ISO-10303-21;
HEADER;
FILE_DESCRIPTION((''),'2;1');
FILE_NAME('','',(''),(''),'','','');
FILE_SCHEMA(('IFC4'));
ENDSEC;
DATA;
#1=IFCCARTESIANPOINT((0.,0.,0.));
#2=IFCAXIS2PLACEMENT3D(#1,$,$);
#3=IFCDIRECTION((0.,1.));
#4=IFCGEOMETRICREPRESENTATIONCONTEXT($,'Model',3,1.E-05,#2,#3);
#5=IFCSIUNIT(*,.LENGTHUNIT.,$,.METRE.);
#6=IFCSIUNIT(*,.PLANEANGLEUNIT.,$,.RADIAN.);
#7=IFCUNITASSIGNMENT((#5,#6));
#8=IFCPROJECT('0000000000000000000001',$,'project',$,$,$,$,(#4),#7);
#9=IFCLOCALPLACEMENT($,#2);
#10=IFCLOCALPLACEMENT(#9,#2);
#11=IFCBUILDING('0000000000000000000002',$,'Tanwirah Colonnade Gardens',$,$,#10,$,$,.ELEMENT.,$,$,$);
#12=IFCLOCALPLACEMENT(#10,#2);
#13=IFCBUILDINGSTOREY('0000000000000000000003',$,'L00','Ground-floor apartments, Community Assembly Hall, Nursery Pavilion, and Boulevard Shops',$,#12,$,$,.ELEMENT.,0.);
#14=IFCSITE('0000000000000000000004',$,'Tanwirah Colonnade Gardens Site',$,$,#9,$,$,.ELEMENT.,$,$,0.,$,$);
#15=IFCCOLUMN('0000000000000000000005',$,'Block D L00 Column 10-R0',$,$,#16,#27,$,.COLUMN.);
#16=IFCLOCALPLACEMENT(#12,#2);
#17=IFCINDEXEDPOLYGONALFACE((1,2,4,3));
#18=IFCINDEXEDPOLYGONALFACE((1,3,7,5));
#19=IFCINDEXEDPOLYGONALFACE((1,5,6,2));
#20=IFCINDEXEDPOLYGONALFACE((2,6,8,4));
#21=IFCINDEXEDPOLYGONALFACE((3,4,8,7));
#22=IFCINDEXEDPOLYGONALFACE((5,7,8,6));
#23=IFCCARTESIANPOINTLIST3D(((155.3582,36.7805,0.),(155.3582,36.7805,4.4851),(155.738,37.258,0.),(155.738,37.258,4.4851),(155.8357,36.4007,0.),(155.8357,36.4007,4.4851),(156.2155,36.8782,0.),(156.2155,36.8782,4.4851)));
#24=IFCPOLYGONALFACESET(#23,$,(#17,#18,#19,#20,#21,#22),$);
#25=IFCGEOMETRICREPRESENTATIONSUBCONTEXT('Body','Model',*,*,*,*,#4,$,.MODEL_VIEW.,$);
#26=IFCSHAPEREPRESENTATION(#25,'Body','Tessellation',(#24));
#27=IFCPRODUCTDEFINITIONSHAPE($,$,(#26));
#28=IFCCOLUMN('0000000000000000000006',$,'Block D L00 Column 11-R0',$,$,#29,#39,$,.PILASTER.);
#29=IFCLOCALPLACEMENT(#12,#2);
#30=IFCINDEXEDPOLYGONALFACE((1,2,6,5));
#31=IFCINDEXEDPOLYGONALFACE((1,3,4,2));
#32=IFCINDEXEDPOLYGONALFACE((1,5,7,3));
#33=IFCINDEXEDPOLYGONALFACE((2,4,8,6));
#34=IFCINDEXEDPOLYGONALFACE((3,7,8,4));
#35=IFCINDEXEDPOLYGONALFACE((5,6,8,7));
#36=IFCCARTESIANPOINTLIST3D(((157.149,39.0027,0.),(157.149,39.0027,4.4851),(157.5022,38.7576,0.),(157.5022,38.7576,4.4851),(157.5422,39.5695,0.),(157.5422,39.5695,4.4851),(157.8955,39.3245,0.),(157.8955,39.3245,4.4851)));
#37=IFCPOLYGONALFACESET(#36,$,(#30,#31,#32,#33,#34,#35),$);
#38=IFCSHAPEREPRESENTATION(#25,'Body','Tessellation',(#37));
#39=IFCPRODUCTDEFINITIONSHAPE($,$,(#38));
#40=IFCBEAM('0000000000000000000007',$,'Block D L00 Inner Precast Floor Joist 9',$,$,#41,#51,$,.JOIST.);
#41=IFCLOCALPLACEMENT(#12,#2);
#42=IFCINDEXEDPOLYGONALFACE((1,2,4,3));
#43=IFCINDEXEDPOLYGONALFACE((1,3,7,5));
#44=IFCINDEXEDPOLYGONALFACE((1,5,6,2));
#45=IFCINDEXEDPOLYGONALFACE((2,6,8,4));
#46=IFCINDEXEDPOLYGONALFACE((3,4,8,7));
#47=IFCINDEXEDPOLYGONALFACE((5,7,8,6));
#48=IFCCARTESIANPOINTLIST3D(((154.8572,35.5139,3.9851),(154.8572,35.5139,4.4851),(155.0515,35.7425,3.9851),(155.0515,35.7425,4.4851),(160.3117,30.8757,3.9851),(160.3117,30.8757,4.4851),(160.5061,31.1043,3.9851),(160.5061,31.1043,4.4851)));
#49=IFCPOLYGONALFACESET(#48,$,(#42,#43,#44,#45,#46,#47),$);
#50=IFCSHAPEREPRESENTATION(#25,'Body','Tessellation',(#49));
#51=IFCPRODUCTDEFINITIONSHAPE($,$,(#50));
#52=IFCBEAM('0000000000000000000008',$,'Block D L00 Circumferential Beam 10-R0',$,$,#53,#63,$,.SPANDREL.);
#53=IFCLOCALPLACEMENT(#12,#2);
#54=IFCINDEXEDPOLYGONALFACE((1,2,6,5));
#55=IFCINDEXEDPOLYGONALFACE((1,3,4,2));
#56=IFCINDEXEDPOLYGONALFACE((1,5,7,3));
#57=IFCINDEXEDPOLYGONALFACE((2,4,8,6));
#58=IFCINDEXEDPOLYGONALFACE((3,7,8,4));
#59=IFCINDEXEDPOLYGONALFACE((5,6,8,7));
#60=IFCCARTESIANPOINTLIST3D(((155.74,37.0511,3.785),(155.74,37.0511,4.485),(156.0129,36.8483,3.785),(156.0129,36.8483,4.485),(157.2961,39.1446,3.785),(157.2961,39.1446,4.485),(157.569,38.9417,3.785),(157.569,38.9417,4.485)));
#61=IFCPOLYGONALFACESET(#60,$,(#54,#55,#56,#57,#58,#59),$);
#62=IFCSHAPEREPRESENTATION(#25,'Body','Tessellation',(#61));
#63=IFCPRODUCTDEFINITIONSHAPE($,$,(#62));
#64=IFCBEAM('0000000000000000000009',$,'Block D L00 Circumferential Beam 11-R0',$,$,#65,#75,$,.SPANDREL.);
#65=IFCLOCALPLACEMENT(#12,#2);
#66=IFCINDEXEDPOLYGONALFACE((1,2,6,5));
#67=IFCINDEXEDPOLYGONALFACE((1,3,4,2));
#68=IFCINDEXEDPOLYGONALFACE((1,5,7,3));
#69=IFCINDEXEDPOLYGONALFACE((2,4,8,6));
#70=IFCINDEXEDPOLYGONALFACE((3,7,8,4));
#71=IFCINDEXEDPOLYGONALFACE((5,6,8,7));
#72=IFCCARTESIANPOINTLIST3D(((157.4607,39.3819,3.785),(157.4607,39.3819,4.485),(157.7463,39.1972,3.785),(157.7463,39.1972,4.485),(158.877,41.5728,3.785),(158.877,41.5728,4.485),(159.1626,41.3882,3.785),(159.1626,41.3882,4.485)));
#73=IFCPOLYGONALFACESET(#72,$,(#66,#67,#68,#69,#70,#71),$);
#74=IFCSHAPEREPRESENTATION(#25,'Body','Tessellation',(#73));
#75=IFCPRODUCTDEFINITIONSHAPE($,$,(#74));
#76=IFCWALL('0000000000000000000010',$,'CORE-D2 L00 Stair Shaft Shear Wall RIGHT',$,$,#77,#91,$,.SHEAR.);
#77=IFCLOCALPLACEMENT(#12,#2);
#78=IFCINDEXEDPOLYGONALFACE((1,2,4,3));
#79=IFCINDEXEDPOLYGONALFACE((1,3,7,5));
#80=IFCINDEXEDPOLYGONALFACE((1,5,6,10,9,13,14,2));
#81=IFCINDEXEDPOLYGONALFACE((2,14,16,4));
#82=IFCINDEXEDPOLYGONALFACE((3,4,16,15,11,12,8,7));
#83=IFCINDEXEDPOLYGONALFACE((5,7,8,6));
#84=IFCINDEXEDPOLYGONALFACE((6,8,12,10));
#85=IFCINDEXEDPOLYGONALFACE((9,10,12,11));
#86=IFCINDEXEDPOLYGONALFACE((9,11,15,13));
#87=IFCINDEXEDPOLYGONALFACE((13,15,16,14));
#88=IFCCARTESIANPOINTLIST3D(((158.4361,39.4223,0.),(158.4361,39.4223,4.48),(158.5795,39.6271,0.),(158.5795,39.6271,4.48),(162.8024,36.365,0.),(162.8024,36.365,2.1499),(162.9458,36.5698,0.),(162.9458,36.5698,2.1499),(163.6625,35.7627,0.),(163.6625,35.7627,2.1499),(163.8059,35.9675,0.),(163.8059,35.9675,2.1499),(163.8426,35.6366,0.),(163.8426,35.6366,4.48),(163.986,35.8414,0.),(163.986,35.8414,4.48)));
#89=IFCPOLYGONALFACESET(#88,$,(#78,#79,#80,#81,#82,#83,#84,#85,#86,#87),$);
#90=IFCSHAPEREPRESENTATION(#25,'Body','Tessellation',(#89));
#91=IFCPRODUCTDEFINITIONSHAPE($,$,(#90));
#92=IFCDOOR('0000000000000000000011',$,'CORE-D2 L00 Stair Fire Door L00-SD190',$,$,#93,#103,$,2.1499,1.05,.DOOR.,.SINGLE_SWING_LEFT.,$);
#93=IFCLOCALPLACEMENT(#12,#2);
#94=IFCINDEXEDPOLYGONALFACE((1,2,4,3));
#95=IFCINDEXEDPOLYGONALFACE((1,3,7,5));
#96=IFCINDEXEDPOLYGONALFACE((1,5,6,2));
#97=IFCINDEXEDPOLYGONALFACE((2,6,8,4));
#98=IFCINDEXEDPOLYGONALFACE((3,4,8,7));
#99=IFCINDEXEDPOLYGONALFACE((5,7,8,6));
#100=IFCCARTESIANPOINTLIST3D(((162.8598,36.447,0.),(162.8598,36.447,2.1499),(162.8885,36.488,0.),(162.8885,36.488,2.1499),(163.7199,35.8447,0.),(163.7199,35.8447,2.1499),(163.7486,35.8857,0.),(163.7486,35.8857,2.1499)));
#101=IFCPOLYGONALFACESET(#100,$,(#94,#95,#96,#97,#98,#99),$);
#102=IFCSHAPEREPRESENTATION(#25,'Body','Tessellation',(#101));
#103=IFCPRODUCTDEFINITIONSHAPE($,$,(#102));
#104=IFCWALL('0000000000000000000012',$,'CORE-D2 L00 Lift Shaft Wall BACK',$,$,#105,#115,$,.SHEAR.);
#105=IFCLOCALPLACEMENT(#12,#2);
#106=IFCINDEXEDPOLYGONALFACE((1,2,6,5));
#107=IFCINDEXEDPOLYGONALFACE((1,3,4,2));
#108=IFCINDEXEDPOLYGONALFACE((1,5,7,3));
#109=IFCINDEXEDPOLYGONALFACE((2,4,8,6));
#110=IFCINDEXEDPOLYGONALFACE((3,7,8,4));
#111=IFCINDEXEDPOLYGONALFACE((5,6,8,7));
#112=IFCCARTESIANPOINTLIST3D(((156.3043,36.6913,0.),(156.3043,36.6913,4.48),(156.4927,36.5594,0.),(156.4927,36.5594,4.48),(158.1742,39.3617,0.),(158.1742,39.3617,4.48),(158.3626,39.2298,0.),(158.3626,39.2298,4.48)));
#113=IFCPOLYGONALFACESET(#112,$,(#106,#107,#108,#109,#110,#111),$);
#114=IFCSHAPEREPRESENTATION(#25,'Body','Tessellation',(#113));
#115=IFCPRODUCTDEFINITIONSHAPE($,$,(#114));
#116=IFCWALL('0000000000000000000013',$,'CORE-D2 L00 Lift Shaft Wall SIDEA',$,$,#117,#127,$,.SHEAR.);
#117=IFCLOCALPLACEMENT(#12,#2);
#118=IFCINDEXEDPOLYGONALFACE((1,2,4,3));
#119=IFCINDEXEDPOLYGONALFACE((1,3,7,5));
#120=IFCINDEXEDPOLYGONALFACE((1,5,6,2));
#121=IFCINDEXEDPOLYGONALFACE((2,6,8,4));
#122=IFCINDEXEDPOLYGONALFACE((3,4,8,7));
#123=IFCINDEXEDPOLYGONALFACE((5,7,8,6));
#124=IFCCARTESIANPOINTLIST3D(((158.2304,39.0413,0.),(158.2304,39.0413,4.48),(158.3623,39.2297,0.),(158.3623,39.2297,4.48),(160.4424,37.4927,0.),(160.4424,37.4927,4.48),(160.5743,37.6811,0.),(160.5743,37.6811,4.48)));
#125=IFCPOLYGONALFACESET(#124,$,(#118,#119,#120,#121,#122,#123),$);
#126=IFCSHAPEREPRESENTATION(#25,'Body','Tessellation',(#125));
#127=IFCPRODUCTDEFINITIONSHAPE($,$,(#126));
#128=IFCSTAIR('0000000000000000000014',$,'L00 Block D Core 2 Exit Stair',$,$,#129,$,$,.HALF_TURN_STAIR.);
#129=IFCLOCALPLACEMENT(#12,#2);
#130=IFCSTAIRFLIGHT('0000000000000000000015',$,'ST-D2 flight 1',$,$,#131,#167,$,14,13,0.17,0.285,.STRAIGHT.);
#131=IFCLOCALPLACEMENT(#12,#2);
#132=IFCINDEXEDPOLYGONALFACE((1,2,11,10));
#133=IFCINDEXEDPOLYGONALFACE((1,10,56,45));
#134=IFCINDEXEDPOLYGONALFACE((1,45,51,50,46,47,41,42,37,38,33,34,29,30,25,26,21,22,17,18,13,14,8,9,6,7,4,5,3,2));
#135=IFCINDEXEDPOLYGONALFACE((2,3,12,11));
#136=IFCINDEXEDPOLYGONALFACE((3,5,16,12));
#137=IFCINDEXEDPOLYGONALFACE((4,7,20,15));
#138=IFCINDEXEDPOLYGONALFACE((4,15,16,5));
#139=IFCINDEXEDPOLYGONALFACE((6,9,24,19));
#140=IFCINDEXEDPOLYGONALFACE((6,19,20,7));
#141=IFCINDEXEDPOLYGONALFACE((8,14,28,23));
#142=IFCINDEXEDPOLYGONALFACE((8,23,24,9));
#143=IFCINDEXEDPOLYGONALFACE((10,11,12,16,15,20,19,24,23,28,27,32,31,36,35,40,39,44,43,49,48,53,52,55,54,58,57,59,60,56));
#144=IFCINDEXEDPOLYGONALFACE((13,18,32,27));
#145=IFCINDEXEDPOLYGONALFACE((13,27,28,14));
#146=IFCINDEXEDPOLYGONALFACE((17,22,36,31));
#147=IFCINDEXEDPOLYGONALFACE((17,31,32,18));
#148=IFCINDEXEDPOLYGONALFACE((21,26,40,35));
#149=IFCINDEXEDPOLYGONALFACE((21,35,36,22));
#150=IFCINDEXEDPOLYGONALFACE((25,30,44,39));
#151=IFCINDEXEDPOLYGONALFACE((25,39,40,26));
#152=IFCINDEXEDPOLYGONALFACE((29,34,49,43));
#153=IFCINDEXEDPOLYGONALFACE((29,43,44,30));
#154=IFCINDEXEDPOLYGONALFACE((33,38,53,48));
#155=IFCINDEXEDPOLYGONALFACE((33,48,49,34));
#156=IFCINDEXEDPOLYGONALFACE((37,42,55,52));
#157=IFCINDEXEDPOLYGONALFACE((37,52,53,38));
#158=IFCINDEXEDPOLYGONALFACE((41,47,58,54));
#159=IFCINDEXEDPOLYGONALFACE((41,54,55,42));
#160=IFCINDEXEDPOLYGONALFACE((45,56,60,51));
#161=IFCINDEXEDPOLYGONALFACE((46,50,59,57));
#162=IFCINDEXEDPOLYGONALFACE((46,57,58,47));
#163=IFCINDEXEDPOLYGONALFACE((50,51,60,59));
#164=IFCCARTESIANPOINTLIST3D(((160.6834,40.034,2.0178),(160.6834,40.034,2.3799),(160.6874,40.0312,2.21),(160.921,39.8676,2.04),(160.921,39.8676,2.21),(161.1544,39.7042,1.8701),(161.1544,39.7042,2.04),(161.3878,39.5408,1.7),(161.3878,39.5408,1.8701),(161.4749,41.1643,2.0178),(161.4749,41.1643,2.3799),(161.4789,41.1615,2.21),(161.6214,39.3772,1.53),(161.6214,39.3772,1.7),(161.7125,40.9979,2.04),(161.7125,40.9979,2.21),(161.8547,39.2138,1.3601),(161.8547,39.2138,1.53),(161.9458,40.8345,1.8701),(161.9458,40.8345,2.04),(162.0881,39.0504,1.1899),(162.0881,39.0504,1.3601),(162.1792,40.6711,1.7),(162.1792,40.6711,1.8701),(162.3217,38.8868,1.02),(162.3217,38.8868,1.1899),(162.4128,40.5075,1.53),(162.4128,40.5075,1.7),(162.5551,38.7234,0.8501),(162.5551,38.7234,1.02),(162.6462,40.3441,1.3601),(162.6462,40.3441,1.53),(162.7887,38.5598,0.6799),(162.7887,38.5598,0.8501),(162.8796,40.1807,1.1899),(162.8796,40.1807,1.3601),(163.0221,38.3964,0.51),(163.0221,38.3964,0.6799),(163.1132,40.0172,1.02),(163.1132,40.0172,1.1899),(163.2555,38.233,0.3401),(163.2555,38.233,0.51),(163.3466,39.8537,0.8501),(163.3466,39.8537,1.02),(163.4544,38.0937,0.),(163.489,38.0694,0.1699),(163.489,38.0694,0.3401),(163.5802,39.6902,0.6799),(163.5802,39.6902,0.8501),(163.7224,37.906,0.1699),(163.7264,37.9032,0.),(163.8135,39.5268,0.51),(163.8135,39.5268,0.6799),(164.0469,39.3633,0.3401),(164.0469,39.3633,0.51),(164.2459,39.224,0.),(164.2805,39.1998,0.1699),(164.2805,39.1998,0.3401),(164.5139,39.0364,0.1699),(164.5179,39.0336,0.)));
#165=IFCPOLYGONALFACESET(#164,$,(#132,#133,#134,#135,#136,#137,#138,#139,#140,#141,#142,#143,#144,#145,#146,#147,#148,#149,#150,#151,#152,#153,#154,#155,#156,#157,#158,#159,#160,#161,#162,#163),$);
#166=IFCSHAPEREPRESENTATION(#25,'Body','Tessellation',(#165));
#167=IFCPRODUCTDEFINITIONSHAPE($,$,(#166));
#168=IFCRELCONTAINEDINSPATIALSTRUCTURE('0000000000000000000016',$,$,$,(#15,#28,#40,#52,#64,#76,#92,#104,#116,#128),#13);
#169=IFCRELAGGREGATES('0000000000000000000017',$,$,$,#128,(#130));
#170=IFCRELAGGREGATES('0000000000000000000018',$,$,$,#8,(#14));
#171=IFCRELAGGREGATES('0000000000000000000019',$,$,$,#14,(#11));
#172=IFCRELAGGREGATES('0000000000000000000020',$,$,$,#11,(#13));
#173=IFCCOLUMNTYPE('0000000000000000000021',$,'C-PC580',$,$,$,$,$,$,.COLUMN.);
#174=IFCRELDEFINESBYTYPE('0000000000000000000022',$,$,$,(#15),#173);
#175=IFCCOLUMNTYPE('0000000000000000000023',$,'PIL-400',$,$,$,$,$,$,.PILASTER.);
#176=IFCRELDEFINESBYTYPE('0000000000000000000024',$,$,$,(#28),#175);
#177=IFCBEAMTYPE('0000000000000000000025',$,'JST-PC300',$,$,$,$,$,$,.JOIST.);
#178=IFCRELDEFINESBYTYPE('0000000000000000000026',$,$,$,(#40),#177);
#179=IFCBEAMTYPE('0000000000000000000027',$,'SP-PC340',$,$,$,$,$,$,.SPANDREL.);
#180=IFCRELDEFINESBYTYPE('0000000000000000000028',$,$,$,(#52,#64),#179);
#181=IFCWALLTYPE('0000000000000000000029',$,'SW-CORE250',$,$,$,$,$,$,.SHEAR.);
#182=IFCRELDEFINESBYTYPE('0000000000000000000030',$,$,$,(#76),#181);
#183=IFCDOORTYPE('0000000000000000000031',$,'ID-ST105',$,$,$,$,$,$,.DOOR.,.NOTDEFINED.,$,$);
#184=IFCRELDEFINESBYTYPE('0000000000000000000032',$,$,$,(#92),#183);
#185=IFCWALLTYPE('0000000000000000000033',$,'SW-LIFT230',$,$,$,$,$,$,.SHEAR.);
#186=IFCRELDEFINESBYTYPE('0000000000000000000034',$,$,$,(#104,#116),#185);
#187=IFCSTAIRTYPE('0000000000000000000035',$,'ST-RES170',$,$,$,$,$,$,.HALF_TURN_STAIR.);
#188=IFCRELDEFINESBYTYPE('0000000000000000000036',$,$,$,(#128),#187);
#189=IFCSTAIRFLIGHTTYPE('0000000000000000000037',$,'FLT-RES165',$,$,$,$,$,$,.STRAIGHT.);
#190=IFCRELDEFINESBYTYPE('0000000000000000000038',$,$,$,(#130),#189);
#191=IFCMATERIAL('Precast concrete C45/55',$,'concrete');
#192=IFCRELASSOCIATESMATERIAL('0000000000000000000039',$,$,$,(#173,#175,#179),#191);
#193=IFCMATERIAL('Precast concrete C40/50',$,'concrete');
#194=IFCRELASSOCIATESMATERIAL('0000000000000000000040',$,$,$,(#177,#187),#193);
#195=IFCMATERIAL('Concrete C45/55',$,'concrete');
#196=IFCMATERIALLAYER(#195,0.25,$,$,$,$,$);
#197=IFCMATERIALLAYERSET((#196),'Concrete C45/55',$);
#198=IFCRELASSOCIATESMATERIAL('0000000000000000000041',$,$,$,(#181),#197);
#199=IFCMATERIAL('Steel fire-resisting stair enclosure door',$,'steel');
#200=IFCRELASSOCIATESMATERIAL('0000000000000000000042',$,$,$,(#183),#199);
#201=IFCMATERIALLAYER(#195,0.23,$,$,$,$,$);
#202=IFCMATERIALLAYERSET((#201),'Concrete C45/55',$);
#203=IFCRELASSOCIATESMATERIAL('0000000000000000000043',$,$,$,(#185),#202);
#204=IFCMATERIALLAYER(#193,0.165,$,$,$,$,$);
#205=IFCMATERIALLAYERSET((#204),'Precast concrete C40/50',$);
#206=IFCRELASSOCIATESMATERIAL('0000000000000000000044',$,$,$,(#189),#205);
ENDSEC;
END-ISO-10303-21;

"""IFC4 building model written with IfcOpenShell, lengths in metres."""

from ifc_helpers import new_model, si_unit, direction, frame, frame_2d, origin, origin_2d, place, context, subcontext, project, spatial, polyline, rectangle, outline, extrude, material, layer, layer_set, material_profile, profile_set, type_object, element, fill, aggregate, save


model = new_model("IFC4")

# Units and contexts
model_context = context("Model", 3, precision=1e-05, world=origin(), true_north=direction((0.0, 1.0)))
body_context = subcontext(model_context, "Body", "Model", "MODEL_VIEW")
ifc_project = project(units=[si_unit("LENGTHUNIT", "METRE"), si_unit("PLANEANGLEUNIT", "RADIAN")], contexts=[model_context])

# Site, building, storey
site_placement = place(None, origin())
site = spatial("IfcSite", under=ifc_project, at=site_placement, Name="Tanwirah Colonnade Gardens Site", CompositionType="ELEMENT", RefElevation=0.0)
building_placement = place(site_placement, origin())
building = spatial("IfcBuilding", under=site, at=building_placement, Name="Tanwirah Colonnade Gardens", CompositionType="ELEMENT")
storey_placement = place(building_placement, origin())
storey = spatial("IfcBuildingStorey", under=building, at=storey_placement, Name="L00", Description="Ground-floor apartments, Community Assembly Hall, Nursery Pavilion, and Boulevard Shops", CompositionType="ELEMENT", Elevation=0.0)

# Columns
ifc_material_1 = material(Name="Precast concrete C45/55", Category="concrete")
ifc_material_profile_1 = material_profile(ifc_material_1, rectangle(XDim=0.6101, YDim=0.6101, at=origin_2d()), Name="PC-COL 610x610")
ifc_profile_set_1 = profile_set([ifc_material_profile_1], Name="Precast concrete C45/55")
column_type_1 = type_object("IfcColumnType", Name="C-PC580", PredefinedType="COLUMN", material=ifc_profile_set_1)
column_1_placement = place(storey_placement, frame((155.7869, 36.8293, 0.0), z_axis=(0.0, 0.0, 1.0), x_axis=(0.782608, -0.622515, 0.0)))
element("IfcColumn", 1, at=column_1_placement, inside=storey, type_object=column_type_1, Name="Block D L00 Column 10-R0", PredefinedType="COLUMN", context=body_context, shape_type="SweptSolid", body=[
    extrude(rectangle(XDim=0.6101, YDim=0.6101, at=origin_2d()), origin(), (0.0, 0.0, 1.0), 4.4851),
])
ifc_material_profile_2 = material_profile(ifc_material_1, rectangle(XDim=0.4299, YDim=0.6899, at=origin_2d()), Name="PC-PIL 430x690")
ifc_profile_set_2 = profile_set([ifc_material_profile_2], Name="Precast concrete C45/55")
column_type_2 = type_object("IfcColumnType", Name="PIL-400", PredefinedType="PILASTER", material=ifc_profile_set_2)
column_2_placement = place(storey_placement, frame((157.5222, 39.1636, 0.0), z_axis=(0.0, 0.0, 1.0), x_axis=(0.821647, -0.569997, 0.0)))
element("IfcColumn", 2, at=column_2_placement, inside=storey, type_object=column_type_2, Name="Block D L00 Column 11-R0", PredefinedType="PILASTER", context=body_context, shape_type="SweptSolid", body=[
    extrude(rectangle(XDim=0.4299, YDim=0.6899, at=origin_2d()), origin(), (0.0, 0.0, 1.0), 4.4851),
])

# Beams
ifc_material_2 = material(Name="Precast concrete C40/50", Category="concrete")
ifc_material_profile_3 = material_profile(ifc_material_2, rectangle(XDim=0.3, YDim=0.5, at=origin_2d()), Name="PC-JST 300x500")
ifc_profile_set_3 = profile_set([ifc_material_profile_3], Name="Precast concrete C40/50")
beam_type_1 = type_object("IfcBeamType", Name="JST-PC300", PredefinedType="JOIST", material=ifc_profile_set_3)
beam_1_placement = place(storey_placement, frame((154.9543, 35.6282, 4.2351), z_axis=(0.761816, -0.647793, 0.0), x_axis=(0.647793, 0.761816, 0.0)))
element("IfcBeam", 3, at=beam_1_placement, inside=storey, type_object=beam_type_1, Name="Block D L00 Inner Precast Floor Joist 9", PredefinedType="JOIST", context=body_context, shape_type="SweptSolid", body=[
    extrude(rectangle(XDim=0.3, YDim=0.5, at=origin_2d()), origin(), (0.0, 0.0, 1.0), 7.1599),
])
ifc_material_profile_4 = material_profile(ifc_material_1, rectangle(XDim=0.3401, YDim=0.7, at=origin_2d()), Name="PC-SP 340x700")
ifc_profile_set_4 = profile_set([ifc_material_profile_4], Name="Precast concrete C45/55")
beam_type_2 = type_object("IfcBeamType", Name="SP-PC340", PredefinedType="SPANDREL", material=ifc_profile_set_4)
beam_2_placement = place(storey_placement, frame((155.8765, 36.9497, 4.135), z_axis=(0.596565, 0.802565, 0.0), x_axis=(-0.802565, 0.596565, 0.0)))
element("IfcBeam", 4, at=beam_2_placement, inside=storey, type_object=beam_type_2, Name="Block D L00 Circumferential Beam 10-R0", PredefinedType="SPANDREL", context=body_context, shape_type="SweptSolid", body=[
    extrude(rectangle(XDim=0.3401, YDim=0.7, at=origin_2d()), origin(), (0.0, 0.0, 1.0), 2.6084),
])
beam_3_placement = place(storey_placement, frame((157.6035, 39.2896, 4.135), z_axis=(0.542875, 0.839814, 0.0), x_axis=(-0.839814, 0.542875, 0.0)))
element("IfcBeam", 5, at=beam_3_placement, inside=storey, type_object=beam_type_2, Name="Block D L00 Circumferential Beam 11-R0", PredefinedType="SPANDREL", context=body_context, shape_type="SweptSolid", body=[
    extrude(rectangle(XDim=0.3401, YDim=0.7, at=origin_2d()), origin(), (0.0, 0.0, 1.0), 2.6089),
])

# Wall, opening, door
ifc_material_3 = material(Name="Concrete C45/55", Category="concrete")
ifc_layer_1 = layer(ifc_material_3, 0.25)
ifc_layer_set_1 = layer_set([ifc_layer_1], Name="Concrete C45/55")
wall_type_1 = type_object("IfcWallType", Name="SW-CORE250", PredefinedType="SHEAR", material=ifc_layer_set_1)
wall_1_placement = place(storey_placement, frame((163.9143, 35.739, 0.0), z_axis=(0.0, 0.0, 1.0), x_axis=(-0.819154, 0.573574, 0.0)))
wall_1 = element("IfcWall", 6, at=wall_1_placement, inside=storey, type_object=wall_type_1, Name="CORE-D2 L00 Stair Shaft Shear Wall RIGHT", PredefinedType="SHEAR", context=body_context, shape_type="SweptSolid", body=[
    extrude(rectangle(XDim=6.6001, YDim=0.25, at=frame_2d((3.3, 0.0))), origin(), (0.0, 0.0, 1.0), 4.48),
])
opening_1_placement = place(wall_1_placement, frame((0.22, 0.0, 0.0)))
opening_1 = element("IfcOpeningElement", 7, at=opening_1_placement, cuts=wall_1, PredefinedType="OPENING", context=body_context, shape_type="SweptSolid", body=[
    extrude(rectangle(XDim=1.05, YDim=2.1499, at=frame_2d((0.5249, 1.075))), frame((0.0, 0.135, 0.0), z_axis=(0.0, -1.0, 0.0), x_axis=(1.0, 0.0, 0.0)), (0.0, 0.0, 1.0), 0.27),
])
ifc_material_4 = material(Name="Steel fire-resisting stair enclosure door", Category="steel")
door_type_1 = type_object("IfcDoorType", Name="ID-ST105", OperationType="NOTDEFINED", PredefinedType="DOOR", material=ifc_material_4)
door_1_placement = place(opening_1_placement, origin())
door_1 = element("IfcDoor", 8, at=door_1_placement, inside=storey, type_object=door_type_1, Name="CORE-D2 L00 Stair Fire Door L00-SD190", OperationType="SINGLE_SWING_LEFT", OverallHeight=2.1499, OverallWidth=1.05, PredefinedType="DOOR", context=body_context, shape_type="SweptSolid", body=[
    extrude(rectangle(XDim=1.05, YDim=2.1499, at=frame_2d((0.5249, 1.075))), frame((0.0, 0.0249, 0.0), z_axis=(0.0, -1.0, 0.0), x_axis=(1.0, 0.0, 0.0)), (0.0, 0.0, 1.0), 0.05),
])
fill(opening_1, door_1)
ifc_layer_2 = layer(ifc_material_3, 0.23)
ifc_layer_set_2 = layer_set([ifc_layer_2], Name="Concrete C45/55")
wall_type_2 = type_object("IfcWallType", Name="SW-LIFT230", PredefinedType="SHEAR", material=ifc_layer_set_2)

# Walls
wall_2_placement = place(storey_placement, frame((158.2683, 39.2957, 0.0), z_axis=(0.0, 0.0, 1.0), x_axis=(-0.573583, -0.819147, 0.0)))
element("IfcWall", 9, at=wall_2_placement, inside=storey, type_object=wall_type_2, Name="CORE-D2 L00 Lift Shaft Wall BACK", PredefinedType="SHEAR", context=body_context, shape_type="SweptSolid", body=[
    extrude(rectangle(XDim=3.26, YDim=0.23, at=frame_2d((1.6299, 0.0))), origin(), (0.0, 0.0, 1.0), 4.48),
])
wall_3_placement = place(storey_placement, frame((160.5083, 37.5869, 0.0), z_axis=(0.0, 0.0, 1.0), x_axis=(-0.819189, 0.573523, 0.0)))
element("IfcWall", 10, at=wall_3_placement, inside=storey, type_object=wall_type_2, Name="CORE-D2 L00 Lift Shaft Wall SIDEA", PredefinedType="SHEAR", context=body_context, shape_type="SweptSolid", body=[
    extrude(rectangle(XDim=2.7002, YDim=0.23, at=frame_2d((1.3501, 0.0))), origin(), (0.0, 0.0, 1.0), 4.48),
])

# Stair, stair flight
stair_type = type_object("IfcStairType", Name="ST-RES170", PredefinedType="HALF_TURN_STAIR", material=ifc_material_2)
stair_placement = place(storey_placement, origin())
stair = element("IfcStair", 11, at=stair_placement, inside=storey, type_object=stair_type, Name="L00 Block D Core 2 Exit Stair", PredefinedType="HALF_TURN_STAIR")
ifc_layer_3 = layer(ifc_material_2, 0.165)
ifc_layer_set_3 = layer_set([ifc_layer_3], Name="Precast concrete C40/50")
stair_flight_type = type_object("IfcStairFlightType", Name="FLT-RES165", PredefinedType="STRAIGHT", material=ifc_layer_set_3)
stair_flight_1_placement = place(storey_placement, frame((164.1182, 38.4712, 0.0), z_axis=(0.0, 0.0, 1.0), x_axis=(-0.819152, 0.573576, 0.0)))
stair_flight_1 = element("IfcStairFlight", 12, at=stair_flight_1_placement, type_object=stair_flight_type, Name="ST-D2 flight 1", NumberOfRisers=14, NumberOfTreads=13, PredefinedType="STRAIGHT", RiserHeight=0.17, TreadLength=0.285, context=body_context, shape_type="SweptSolid", body=[
    extrude(outline(polyline([(-0.0049, 0.0), (0.0, 0.1699), (0.2849, 0.1699), (0.2849, 0.3401), (0.5701, 0.3401), (0.5701, 0.51), (0.855, 0.51), (0.855, 0.6799), (1.1399, 0.6799), (1.1399, 0.8501), (1.425, 0.8501), (1.425, 1.02), (1.71, 1.02), (1.71, 1.1899), (1.9951, 1.1899), (1.9951, 1.3601), (2.28, 1.3601), (2.28, 1.53), (2.5649, 1.53), (2.5649, 1.7), (2.8501, 1.7), (2.8501, 1.8701), (3.135, 1.8701), (3.135, 2.04), (3.4199, 2.04), (3.4199, 2.21), (3.7051, 2.21), (3.71, 2.3799), (3.71, 2.0178), (0.3271, 0.0), (-0.0049, 0.0)])), frame((0.0, 0.6899, 0.0), z_axis=(0.0, -1.0, 0.0), x_axis=(1.0, 0.0, 0.0)), (0.0, 0.0, 1.0), 1.3799),
])
aggregate(stair, [stair_flight_1])

save(model, "model.ifc")
